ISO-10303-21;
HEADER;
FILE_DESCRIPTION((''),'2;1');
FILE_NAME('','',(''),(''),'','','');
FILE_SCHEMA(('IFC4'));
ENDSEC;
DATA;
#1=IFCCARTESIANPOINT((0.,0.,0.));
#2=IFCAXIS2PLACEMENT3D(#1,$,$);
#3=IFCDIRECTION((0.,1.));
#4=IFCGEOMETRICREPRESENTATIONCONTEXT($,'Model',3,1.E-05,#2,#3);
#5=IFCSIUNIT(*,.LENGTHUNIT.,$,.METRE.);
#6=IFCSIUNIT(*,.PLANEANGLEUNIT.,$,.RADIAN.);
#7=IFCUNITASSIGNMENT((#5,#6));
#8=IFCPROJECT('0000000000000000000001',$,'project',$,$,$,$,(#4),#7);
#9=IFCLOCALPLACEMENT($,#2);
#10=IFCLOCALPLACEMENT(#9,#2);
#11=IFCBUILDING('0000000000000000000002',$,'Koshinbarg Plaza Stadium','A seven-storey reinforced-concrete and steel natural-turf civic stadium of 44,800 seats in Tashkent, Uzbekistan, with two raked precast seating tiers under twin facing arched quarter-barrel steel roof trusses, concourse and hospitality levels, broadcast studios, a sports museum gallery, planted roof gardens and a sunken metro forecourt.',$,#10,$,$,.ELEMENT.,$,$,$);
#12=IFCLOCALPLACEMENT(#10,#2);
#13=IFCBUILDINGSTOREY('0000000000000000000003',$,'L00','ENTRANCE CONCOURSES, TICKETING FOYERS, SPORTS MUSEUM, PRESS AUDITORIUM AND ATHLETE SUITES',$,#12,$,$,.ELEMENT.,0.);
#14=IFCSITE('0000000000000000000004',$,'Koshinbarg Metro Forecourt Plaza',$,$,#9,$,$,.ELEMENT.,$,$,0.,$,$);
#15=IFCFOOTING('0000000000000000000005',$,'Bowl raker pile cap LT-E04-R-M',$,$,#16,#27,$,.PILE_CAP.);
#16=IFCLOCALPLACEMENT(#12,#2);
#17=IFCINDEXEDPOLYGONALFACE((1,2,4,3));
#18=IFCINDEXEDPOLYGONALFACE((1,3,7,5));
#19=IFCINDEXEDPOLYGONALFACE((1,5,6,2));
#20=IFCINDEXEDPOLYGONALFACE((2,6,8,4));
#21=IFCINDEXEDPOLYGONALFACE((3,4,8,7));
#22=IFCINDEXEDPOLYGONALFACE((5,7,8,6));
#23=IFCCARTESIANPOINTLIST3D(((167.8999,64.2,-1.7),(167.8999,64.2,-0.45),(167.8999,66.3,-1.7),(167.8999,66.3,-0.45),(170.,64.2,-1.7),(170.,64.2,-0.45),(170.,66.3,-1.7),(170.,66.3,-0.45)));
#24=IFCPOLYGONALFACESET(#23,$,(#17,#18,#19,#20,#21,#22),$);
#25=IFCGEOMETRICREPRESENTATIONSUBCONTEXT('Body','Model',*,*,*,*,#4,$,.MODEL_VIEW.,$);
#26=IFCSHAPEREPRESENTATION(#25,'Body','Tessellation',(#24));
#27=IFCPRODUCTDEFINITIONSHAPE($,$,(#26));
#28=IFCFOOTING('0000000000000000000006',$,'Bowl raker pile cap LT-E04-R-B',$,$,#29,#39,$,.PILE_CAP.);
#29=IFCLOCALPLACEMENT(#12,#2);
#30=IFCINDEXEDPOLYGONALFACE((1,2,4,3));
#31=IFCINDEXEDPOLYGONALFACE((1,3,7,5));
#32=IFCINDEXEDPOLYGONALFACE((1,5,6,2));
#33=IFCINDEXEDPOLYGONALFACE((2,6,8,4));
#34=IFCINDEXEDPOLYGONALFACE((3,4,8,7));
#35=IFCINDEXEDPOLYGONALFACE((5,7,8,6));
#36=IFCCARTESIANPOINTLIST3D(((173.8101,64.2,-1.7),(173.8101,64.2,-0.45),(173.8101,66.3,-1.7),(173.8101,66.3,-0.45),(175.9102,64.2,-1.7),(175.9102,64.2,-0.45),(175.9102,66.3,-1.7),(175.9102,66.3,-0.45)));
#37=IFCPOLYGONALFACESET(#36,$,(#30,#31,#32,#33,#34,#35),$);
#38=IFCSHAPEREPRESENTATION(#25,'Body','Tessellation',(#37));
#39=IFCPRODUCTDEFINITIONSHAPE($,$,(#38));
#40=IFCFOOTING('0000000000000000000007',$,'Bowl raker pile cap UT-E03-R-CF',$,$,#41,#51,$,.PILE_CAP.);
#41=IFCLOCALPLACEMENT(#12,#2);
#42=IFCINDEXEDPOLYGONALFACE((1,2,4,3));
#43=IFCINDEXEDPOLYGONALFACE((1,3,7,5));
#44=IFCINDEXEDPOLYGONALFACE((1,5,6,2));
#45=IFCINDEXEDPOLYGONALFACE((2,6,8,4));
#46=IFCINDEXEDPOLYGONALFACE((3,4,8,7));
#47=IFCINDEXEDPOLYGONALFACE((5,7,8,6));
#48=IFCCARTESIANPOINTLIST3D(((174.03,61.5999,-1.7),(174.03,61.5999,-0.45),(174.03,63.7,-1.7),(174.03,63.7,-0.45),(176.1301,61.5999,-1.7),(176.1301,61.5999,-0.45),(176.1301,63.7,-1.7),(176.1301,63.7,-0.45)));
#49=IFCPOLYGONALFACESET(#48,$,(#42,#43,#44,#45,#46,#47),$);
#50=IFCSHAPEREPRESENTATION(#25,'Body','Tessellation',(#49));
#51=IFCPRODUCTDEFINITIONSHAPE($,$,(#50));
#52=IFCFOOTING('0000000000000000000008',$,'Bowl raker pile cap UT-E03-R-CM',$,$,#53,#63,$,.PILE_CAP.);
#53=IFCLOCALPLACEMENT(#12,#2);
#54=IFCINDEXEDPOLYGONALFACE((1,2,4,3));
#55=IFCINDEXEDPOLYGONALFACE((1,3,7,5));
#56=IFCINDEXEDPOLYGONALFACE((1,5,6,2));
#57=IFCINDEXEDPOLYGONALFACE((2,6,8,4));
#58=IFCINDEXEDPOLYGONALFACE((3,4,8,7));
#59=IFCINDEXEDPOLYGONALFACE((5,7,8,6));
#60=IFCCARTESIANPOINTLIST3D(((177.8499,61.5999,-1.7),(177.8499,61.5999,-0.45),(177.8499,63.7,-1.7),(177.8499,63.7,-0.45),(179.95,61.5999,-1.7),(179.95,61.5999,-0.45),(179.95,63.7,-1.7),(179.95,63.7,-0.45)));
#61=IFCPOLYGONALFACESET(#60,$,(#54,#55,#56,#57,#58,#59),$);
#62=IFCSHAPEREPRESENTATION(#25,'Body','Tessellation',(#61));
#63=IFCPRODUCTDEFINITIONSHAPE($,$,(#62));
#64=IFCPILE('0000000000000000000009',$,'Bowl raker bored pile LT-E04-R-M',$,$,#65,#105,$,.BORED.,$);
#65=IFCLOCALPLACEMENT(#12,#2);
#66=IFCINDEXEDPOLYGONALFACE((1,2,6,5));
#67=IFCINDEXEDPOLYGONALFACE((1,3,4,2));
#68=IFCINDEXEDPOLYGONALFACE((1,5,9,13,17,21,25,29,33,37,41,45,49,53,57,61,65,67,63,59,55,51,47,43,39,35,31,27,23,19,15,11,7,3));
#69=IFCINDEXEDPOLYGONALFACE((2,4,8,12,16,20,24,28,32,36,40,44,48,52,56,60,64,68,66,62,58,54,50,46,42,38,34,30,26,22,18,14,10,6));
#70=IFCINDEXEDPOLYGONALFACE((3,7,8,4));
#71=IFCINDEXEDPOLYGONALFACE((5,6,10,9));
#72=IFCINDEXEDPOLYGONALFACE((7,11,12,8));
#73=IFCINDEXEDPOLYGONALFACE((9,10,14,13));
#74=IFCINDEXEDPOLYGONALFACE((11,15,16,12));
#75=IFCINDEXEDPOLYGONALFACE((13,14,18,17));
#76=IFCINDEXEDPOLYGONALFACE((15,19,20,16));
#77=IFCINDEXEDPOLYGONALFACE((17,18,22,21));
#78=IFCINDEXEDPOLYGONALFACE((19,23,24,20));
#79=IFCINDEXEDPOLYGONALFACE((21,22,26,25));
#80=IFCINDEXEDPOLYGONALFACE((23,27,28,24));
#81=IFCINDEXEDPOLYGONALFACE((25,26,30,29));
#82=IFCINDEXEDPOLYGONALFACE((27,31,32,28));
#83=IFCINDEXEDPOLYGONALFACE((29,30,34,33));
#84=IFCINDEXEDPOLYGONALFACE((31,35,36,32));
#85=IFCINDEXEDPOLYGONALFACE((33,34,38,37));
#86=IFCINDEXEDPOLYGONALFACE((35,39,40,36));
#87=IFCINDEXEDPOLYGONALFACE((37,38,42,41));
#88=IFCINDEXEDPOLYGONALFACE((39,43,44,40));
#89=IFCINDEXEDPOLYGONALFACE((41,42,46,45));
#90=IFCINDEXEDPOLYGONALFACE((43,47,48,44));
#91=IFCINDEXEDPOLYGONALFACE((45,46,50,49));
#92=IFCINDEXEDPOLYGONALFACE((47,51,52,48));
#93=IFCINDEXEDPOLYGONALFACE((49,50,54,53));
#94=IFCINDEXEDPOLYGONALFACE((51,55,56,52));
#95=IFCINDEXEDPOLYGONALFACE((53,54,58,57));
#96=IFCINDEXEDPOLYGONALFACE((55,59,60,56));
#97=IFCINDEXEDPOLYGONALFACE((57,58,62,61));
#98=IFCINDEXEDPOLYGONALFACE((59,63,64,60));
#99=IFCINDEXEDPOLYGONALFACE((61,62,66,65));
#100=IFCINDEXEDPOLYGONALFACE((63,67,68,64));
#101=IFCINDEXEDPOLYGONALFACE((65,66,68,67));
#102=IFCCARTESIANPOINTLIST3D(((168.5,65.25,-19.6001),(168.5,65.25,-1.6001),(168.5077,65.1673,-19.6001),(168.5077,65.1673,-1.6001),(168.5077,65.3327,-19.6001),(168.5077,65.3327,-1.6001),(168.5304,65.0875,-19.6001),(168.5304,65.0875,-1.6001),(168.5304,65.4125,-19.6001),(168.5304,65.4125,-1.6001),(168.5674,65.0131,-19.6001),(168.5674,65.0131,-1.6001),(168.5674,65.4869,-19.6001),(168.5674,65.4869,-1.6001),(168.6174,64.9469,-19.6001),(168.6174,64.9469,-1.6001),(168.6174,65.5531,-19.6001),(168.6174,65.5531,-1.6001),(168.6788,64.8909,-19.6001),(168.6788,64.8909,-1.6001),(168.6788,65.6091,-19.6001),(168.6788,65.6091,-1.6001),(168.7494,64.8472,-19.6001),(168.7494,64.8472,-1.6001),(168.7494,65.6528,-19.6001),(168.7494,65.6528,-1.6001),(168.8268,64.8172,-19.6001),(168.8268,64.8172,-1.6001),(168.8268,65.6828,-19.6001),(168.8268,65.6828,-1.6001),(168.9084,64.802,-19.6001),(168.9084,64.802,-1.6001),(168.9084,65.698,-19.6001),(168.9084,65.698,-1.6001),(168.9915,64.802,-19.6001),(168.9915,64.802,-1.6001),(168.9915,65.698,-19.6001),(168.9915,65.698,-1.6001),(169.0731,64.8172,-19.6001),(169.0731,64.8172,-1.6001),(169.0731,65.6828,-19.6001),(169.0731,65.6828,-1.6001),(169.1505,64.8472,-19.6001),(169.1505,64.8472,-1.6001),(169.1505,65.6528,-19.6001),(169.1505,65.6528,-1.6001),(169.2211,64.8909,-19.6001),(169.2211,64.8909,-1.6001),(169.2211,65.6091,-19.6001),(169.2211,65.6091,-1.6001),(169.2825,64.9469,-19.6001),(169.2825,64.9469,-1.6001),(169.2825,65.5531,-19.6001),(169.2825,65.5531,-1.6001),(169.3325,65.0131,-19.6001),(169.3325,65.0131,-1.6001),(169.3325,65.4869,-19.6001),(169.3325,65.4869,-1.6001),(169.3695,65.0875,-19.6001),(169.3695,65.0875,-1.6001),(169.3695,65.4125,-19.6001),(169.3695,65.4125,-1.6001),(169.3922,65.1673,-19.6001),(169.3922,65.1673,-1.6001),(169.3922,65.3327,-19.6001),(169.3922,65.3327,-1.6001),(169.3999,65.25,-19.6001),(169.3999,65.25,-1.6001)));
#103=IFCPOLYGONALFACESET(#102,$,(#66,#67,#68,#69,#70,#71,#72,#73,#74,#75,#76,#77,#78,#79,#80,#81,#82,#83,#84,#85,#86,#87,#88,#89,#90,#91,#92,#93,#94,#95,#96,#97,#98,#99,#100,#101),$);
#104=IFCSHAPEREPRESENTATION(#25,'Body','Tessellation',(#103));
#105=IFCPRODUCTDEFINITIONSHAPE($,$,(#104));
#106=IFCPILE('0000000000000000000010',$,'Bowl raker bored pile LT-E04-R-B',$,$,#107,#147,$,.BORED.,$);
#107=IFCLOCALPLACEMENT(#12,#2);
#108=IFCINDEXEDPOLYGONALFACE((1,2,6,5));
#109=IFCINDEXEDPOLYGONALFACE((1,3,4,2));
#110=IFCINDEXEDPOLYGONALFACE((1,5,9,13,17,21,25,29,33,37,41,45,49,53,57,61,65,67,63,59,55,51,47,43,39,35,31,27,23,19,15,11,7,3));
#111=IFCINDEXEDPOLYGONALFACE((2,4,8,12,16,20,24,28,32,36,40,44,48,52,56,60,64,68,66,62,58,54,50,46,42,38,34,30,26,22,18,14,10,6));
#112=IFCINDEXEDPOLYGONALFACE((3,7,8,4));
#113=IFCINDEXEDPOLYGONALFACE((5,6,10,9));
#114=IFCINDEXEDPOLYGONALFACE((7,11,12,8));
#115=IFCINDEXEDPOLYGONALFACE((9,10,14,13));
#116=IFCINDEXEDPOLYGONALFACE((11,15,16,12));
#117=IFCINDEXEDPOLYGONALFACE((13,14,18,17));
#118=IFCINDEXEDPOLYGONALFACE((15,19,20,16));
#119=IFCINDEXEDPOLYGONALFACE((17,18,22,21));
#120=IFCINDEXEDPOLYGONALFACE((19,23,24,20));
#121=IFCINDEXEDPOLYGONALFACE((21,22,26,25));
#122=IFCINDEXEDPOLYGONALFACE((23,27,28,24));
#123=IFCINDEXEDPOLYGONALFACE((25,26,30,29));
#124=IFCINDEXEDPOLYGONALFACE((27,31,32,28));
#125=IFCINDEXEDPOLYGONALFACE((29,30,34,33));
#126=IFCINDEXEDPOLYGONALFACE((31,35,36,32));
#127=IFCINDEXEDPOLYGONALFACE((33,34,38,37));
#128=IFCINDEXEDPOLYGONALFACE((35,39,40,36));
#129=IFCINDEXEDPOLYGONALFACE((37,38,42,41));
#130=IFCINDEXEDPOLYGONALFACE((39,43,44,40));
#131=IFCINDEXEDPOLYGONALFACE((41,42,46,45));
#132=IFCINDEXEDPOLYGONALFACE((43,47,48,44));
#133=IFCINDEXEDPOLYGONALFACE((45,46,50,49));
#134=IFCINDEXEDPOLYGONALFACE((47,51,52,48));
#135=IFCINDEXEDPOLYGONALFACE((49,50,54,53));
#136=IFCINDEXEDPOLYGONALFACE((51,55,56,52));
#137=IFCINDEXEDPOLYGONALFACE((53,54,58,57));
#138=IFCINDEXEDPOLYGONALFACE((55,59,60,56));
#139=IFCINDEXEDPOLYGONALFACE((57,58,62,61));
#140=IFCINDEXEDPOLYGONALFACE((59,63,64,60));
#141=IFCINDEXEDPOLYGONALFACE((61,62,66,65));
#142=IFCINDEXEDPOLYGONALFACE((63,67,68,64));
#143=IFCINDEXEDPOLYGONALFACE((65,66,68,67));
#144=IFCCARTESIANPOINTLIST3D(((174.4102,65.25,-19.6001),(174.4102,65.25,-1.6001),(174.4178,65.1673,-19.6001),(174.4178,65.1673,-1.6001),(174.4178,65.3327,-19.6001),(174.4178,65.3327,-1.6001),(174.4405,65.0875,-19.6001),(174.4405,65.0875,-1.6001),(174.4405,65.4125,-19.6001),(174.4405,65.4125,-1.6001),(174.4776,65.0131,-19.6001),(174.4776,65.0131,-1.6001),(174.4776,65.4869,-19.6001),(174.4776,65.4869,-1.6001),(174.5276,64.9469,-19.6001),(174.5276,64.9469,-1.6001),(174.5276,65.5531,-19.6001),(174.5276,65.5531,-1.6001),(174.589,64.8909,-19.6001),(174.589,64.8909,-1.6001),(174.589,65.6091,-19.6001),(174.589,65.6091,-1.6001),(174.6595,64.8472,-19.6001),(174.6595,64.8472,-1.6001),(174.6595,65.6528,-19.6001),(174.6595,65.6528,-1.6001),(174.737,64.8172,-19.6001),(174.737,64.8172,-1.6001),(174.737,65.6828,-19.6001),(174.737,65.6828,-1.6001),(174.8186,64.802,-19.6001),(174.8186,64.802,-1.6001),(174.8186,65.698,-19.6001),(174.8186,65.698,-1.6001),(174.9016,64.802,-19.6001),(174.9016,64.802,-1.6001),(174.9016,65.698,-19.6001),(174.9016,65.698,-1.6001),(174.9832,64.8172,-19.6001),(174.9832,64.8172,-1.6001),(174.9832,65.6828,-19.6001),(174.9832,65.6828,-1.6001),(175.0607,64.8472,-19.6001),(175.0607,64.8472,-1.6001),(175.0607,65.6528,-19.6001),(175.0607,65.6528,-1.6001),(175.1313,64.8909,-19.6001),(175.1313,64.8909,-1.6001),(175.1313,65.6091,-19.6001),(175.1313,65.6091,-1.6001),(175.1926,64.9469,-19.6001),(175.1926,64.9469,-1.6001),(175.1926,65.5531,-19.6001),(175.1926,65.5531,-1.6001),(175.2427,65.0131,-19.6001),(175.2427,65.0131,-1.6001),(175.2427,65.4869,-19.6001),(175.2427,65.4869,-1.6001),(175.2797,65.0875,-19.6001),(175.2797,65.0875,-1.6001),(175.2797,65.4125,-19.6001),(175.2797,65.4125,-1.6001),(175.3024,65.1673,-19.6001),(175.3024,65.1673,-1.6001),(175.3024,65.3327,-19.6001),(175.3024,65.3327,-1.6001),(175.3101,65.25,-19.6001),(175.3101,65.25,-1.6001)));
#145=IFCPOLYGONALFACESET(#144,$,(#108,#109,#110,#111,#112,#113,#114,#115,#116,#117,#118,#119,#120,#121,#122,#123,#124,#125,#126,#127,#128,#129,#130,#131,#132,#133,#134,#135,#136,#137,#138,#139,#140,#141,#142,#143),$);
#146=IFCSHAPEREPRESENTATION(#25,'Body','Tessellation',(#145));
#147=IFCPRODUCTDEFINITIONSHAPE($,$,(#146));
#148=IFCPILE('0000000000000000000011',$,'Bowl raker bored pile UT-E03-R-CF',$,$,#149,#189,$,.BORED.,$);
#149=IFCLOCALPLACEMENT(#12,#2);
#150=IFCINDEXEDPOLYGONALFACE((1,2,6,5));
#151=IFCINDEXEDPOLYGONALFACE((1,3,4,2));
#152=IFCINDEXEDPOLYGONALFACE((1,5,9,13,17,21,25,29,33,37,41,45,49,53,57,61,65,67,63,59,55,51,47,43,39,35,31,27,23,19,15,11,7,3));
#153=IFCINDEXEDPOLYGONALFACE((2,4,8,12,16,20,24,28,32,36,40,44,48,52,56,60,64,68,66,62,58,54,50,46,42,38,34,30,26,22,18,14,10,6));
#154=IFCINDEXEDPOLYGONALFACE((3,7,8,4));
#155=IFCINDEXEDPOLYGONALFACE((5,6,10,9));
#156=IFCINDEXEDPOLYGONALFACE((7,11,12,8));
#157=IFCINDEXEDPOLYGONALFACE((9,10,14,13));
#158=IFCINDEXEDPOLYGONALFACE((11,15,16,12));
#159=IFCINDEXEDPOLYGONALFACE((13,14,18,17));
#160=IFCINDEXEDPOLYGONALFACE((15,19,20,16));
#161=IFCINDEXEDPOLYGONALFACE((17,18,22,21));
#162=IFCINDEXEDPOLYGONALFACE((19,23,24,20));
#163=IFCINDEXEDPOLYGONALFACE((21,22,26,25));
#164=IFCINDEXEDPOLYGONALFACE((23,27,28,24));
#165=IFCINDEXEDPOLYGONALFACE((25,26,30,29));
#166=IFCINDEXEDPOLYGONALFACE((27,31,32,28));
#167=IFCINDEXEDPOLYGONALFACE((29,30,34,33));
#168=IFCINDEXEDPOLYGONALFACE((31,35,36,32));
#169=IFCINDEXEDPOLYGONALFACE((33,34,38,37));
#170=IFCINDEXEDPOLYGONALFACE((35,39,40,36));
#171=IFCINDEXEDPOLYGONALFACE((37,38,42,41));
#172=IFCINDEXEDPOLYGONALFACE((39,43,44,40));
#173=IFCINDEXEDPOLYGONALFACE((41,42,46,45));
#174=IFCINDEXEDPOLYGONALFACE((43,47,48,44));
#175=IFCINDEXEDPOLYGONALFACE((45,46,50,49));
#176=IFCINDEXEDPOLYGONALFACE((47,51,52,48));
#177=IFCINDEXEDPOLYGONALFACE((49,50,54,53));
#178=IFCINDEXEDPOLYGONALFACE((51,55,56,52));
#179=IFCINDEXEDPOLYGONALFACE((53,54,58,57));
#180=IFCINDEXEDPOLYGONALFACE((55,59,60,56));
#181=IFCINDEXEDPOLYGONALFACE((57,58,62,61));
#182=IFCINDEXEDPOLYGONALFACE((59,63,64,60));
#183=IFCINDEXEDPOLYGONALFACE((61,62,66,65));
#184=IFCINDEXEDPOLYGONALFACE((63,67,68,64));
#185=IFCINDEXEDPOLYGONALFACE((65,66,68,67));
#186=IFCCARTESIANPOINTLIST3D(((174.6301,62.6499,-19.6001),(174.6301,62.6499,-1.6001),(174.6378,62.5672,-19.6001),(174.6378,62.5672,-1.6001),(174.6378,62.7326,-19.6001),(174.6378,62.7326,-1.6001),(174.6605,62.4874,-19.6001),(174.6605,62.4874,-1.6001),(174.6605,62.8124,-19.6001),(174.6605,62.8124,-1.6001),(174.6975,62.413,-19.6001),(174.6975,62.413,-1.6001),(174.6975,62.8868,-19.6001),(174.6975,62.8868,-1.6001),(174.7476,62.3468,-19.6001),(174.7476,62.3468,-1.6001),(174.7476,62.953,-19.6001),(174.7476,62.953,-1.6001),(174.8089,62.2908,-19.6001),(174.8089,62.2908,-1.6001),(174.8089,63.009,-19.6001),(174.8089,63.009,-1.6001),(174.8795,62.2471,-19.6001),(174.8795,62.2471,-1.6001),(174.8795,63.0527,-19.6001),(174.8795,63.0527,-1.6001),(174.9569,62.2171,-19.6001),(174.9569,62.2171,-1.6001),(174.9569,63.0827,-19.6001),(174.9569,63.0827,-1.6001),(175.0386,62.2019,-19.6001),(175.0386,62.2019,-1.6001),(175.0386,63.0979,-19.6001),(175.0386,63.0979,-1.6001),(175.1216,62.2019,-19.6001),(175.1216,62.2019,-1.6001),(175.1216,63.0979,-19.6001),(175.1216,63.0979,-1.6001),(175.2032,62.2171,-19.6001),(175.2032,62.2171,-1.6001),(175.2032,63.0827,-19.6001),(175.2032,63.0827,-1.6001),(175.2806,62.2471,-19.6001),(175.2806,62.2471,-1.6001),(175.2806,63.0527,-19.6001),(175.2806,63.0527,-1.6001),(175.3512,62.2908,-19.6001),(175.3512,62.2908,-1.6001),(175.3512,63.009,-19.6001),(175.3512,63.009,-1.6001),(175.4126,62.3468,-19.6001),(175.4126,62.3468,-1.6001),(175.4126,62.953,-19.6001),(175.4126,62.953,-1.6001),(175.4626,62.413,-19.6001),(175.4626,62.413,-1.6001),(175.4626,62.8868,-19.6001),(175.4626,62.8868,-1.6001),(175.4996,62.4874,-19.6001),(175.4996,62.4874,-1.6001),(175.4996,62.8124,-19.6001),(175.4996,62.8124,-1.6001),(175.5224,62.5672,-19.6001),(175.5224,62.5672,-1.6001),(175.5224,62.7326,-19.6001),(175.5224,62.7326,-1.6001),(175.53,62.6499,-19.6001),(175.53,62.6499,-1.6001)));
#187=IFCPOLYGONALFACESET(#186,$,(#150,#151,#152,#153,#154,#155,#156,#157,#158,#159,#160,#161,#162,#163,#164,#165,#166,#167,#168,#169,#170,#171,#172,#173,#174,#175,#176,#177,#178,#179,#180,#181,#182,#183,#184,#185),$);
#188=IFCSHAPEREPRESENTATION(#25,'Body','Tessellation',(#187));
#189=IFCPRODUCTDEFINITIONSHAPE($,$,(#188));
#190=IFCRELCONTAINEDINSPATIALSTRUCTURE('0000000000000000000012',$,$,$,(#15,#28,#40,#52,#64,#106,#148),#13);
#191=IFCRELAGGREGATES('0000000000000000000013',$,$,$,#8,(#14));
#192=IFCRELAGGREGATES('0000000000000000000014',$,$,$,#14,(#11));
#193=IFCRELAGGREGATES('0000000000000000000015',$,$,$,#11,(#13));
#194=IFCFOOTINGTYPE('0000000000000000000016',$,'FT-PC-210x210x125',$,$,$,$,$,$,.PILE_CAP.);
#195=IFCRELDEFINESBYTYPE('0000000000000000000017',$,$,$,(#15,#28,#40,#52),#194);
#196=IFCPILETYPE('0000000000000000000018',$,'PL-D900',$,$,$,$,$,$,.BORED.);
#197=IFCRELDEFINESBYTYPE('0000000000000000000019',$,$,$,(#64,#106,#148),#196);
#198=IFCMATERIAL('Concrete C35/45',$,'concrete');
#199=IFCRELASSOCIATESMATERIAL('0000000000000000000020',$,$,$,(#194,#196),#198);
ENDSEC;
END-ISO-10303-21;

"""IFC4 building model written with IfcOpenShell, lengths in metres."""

from ifc_helpers import new_model, si_unit, direction, frame, origin, origin_2d, place, context, subcontext, project, spatial, rectangle, circle, extrude, material, material_profile, profile_set, type_object, element, save


model = new_model("IFC4")

# Units and contexts
model_context = context("Model", 3, precision=1e-05, world=origin(), true_north=direction((0.0, 1.0)))
body_context = subcontext(model_context, "Body", "Model", "MODEL_VIEW")
ifc_project = project(units=[si_unit("LENGTHUNIT", "METRE"), si_unit("PLANEANGLEUNIT", "RADIAN")], contexts=[model_context])

# Site, building, storey
site_placement = place(None, origin())
site = spatial("IfcSite", under=ifc_project, at=site_placement, Name="Koshinbarg Metro Forecourt Plaza", CompositionType="ELEMENT", RefElevation=0.0)
building_placement = place(site_placement, origin())
building = spatial("IfcBuilding", under=site, at=building_placement, Name="Koshinbarg Plaza Stadium", Description="A seven-storey reinforced-concrete and steel natural-turf civic stadium of 44,800 seats in Tashkent, Uzbekistan, with two raked precast seating tiers under twin facing arched quarter-barrel steel roof trusses, concourse and hospitality levels, broadcast studios, a sports museum gallery, planted roof gardens and a sunken metro forecourt.", CompositionType="ELEMENT")
storey_placement = place(building_placement, origin())
storey = spatial("IfcBuildingStorey", under=building, at=storey_placement, Name="L00", Description="ENTRANCE CONCOURSES, TICKETING FOYERS, SPORTS MUSEUM, PRESS AUDITORIUM AND ATHLETE SUITES", CompositionType="ELEMENT", Elevation=0.0)

# Footings
ifc_material_1 = material(Name="Concrete C35/45", Category="concrete")
footing_type = type_object("IfcFootingType", Name="FT-PC-210x210x125", PredefinedType="PILE_CAP", material=ifc_material_1)
for number, where, z_axis, x_axis, name in (
    (1, (168.95, 65.25, -1.7), (0.0, 0.0, 1.0), (1.0, 0.0, 0.0), "Bowl raker pile cap LT-E04-R-M"),
    (2, (174.8601, 65.25, -1.7), (0.0, 0.0, 1.0), (1.0, 0.0, 0.0), "Bowl raker pile cap LT-E04-R-B"),
    (3, (175.0801, 62.6499, -1.7), (0.0, 0.0, 1.0), (1.0, 0.0, 0.0), "Bowl raker pile cap UT-E03-R-CF"),
    (4, (178.8999, 62.6499, -1.7), (0.0, 0.0, 1.0), (1.0, 0.0, 0.0), "Bowl raker pile cap UT-E03-R-CM"),
):
    element("IfcFooting", number, at=place(storey_placement, frame(where, z_axis=z_axis, x_axis=x_axis)), inside=storey, type_object=footing_type, Name=name, PredefinedType="PILE_CAP", context=body_context, shape_type="SweptSolid", body=[
        extrude(rectangle(XDim=2.1001, YDim=2.1001, at=origin_2d()), origin(), (0.0, 0.0, 1.0), 1.25),
    ])

# Piles
ifc_material_profile_1 = material_profile(ifc_material_1, circle(Radius=0.45, at=origin_2d()), Name="PILE D900")
ifc_profile_set_1 = profile_set([ifc_material_profile_1], Name="Concrete C35/45")
pile_type = type_object("IfcPileType", Name="PL-D900", PredefinedType="BORED", material=ifc_profile_set_1)
for number, where, z_axis, x_axis, name in (
    (5, (168.95, 65.25, -1.6001), (0.0, 0.0, -1.0), (1.0, 0.0, 0.0), "Bowl raker bored pile LT-E04-R-M"),
    (6, (174.8601, 65.25, -1.6001), (0.0, 0.0, -1.0), (1.0, 0.0, 0.0), "Bowl raker bored pile LT-E04-R-B"),
    (7, (175.0801, 62.6499, -1.6001), (0.0, 0.0, -1.0), (1.0, 0.0, 0.0), "Bowl raker bored pile UT-E03-R-CF"),
):
    element("IfcPile", number, at=place(storey_placement, frame(where, z_axis=z_axis, x_axis=x_axis)), inside=storey, type_object=pile_type, Name=name, PredefinedType="BORED", context=body_context, shape_type="SweptSolid", body=[
        extrude(circle(Radius=0.45, at=origin_2d()), origin(), (0.0, 0.0, 1.0), 18.0),
    ])

save(model, "model.ifc")
